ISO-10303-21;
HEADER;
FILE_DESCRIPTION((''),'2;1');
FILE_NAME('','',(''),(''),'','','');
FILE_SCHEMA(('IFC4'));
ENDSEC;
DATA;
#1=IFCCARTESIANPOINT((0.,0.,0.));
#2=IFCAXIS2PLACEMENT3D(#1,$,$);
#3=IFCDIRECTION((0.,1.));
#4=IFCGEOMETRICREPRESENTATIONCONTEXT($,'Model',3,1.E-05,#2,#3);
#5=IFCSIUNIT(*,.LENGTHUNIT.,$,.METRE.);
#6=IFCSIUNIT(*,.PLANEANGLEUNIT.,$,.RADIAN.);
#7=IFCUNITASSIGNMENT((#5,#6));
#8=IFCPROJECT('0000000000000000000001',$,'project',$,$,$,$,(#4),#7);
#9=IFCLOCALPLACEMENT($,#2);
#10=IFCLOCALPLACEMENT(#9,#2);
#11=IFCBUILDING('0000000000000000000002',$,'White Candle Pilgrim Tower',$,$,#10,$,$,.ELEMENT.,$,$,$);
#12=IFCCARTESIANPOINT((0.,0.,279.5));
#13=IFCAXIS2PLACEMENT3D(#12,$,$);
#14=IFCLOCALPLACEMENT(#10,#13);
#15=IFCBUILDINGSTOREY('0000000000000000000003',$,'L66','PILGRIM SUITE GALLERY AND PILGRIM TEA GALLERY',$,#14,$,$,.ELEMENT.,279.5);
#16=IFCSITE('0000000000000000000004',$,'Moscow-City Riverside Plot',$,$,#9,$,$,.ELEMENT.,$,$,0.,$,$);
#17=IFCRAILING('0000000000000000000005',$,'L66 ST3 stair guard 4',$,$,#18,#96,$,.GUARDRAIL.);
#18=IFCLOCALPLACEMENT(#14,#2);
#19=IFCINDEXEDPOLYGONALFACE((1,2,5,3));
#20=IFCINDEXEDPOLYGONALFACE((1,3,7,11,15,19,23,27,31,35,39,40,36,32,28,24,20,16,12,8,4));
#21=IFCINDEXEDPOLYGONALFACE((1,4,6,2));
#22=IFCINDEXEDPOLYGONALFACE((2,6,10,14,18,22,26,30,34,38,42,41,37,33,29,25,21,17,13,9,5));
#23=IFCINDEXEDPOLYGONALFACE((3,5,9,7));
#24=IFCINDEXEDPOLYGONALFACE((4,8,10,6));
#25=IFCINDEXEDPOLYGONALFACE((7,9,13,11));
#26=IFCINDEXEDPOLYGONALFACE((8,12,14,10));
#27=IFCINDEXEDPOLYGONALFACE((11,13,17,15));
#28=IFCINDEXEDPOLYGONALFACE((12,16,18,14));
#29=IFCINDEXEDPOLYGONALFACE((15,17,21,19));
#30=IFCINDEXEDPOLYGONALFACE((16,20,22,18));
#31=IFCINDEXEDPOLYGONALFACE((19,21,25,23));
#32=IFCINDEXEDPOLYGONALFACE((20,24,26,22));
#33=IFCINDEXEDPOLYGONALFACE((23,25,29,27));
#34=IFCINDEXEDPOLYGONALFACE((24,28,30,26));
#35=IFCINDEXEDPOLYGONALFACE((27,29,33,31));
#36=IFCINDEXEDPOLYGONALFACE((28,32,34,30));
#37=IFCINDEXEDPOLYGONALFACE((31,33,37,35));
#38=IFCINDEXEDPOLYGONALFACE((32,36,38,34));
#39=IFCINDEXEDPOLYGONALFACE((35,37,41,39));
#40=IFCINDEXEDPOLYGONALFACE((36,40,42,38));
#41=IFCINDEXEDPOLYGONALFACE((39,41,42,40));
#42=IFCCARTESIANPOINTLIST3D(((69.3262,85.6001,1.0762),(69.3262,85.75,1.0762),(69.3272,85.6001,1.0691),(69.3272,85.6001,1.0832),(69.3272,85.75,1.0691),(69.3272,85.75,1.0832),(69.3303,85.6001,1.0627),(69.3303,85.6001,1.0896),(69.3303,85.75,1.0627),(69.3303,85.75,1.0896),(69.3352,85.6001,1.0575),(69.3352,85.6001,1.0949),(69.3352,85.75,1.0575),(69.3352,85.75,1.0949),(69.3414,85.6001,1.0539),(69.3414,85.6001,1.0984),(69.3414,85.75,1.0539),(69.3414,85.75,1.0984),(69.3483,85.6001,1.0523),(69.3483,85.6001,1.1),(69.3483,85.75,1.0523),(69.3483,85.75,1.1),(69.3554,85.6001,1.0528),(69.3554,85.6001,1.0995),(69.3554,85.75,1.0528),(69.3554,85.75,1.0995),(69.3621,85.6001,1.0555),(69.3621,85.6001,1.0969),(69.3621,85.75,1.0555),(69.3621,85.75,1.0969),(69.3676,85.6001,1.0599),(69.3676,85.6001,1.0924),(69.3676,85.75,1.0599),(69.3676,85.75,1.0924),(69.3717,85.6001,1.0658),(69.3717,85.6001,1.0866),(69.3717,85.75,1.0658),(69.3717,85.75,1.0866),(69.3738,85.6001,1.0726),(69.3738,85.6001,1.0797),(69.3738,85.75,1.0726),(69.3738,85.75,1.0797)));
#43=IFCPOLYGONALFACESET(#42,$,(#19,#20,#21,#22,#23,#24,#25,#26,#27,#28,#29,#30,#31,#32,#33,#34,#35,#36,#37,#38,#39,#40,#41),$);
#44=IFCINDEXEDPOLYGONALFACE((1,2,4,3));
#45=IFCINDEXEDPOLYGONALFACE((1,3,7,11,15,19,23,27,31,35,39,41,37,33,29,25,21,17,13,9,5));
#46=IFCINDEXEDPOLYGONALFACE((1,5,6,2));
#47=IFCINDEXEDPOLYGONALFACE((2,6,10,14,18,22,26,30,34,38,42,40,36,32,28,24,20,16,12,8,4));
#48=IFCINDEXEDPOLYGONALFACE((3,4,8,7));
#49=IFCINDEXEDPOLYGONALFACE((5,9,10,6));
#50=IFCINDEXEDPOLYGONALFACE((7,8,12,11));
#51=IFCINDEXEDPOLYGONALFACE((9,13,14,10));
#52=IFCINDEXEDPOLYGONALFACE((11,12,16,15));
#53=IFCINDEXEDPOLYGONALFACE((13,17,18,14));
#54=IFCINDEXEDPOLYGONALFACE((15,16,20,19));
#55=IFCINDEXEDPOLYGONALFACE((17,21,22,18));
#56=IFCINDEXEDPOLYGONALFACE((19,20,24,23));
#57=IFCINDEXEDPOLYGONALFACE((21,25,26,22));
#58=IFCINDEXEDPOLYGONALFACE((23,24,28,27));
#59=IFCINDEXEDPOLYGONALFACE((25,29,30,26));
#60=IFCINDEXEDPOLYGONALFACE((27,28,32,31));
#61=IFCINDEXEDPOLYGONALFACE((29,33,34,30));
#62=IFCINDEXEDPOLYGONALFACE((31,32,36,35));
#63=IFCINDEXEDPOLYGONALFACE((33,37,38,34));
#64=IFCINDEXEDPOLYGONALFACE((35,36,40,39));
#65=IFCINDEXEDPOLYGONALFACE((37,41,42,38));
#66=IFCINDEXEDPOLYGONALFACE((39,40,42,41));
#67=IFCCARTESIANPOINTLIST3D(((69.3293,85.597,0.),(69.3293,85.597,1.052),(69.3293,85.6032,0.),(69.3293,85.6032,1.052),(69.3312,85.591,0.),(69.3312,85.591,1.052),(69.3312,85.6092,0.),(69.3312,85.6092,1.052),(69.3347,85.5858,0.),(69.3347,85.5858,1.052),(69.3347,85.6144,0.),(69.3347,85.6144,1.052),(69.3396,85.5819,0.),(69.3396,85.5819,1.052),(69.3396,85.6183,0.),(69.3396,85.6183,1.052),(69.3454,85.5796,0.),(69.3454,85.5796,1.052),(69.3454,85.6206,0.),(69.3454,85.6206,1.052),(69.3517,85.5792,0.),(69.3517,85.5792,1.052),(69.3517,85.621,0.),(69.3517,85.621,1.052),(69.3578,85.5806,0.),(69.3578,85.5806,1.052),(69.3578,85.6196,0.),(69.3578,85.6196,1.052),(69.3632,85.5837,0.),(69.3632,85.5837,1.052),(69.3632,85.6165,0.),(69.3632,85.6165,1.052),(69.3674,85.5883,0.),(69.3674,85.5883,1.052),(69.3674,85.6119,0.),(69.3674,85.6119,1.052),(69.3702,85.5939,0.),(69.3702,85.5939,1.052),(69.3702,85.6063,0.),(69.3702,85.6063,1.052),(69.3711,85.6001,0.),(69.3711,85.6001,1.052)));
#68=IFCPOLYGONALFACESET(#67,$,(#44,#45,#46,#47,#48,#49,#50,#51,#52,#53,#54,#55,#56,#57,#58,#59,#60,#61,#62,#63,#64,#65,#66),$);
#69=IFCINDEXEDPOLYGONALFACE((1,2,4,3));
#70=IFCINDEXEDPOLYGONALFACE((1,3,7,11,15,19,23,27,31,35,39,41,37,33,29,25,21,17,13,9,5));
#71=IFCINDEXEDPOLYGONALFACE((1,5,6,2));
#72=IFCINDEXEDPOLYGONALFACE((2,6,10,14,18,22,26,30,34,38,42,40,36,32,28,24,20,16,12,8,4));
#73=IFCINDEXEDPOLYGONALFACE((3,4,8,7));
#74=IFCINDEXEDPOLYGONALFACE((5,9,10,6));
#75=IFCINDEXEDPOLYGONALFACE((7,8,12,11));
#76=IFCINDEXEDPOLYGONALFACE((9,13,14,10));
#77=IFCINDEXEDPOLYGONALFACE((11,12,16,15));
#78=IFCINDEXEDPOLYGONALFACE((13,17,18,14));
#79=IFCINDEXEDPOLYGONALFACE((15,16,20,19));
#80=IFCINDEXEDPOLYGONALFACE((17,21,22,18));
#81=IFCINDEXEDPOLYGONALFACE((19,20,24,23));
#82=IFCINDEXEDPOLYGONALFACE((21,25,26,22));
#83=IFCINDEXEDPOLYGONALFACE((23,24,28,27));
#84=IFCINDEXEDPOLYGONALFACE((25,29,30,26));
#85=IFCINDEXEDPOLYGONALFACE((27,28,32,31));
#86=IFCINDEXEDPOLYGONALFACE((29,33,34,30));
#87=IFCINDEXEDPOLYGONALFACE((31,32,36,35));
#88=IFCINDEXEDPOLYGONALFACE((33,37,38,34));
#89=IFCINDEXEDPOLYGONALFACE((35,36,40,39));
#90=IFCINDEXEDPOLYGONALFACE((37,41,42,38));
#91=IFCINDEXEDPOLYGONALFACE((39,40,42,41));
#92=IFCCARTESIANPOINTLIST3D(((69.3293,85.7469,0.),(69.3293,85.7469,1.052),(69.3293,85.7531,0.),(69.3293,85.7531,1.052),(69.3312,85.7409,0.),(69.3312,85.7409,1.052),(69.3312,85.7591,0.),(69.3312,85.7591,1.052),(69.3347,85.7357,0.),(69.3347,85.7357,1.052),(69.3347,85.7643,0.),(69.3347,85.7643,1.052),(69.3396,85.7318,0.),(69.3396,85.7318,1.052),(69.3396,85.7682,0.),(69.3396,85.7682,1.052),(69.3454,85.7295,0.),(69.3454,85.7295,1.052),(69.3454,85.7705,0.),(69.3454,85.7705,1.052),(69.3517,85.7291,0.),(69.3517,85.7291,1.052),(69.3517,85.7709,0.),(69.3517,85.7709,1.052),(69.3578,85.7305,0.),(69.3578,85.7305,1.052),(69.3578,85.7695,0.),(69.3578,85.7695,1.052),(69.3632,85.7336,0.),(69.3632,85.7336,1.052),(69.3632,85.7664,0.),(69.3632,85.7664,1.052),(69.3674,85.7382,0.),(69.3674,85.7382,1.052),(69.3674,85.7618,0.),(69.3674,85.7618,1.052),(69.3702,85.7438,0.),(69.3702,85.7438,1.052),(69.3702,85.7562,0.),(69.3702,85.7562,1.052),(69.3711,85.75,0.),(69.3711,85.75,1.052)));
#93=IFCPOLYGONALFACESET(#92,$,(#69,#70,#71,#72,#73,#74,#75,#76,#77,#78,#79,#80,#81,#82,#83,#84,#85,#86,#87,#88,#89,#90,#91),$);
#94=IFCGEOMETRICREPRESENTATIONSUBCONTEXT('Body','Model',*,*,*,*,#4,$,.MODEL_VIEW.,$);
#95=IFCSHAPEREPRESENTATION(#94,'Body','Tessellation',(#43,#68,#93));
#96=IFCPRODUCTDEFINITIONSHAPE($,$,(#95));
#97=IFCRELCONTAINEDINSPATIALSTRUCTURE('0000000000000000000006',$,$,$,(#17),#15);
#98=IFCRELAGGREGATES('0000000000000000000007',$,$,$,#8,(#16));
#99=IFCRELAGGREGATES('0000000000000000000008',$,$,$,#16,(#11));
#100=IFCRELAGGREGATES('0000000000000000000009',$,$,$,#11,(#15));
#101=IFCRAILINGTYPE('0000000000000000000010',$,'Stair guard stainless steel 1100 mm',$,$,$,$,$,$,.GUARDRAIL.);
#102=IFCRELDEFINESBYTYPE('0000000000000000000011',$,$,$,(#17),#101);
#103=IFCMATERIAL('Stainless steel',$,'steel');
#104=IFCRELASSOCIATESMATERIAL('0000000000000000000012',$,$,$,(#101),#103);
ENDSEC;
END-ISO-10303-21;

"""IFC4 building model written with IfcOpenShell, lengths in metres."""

from ifc_helpers import new_model, si_unit, direction, frame, origin, origin_2d, place, context, subcontext, project, spatial, circle, extrude, material, type_object, element, save


model = new_model("IFC4")

# Units and contexts
model_context = context("Model", 3, precision=1e-05, world=origin(), true_north=direction((0.0, 1.0)))
body_context = subcontext(model_context, "Body", "Model", "MODEL_VIEW")
ifc_project = project(units=[si_unit("LENGTHUNIT", "METRE"), si_unit("PLANEANGLEUNIT", "RADIAN")], contexts=[model_context])

# Site, building, storey
site_placement = place(None, origin())
site = spatial("IfcSite", under=ifc_project, at=site_placement, Name="Moscow-City Riverside Plot", CompositionType="ELEMENT", RefElevation=0.0)
building_placement = place(site_placement, origin())
building = spatial("IfcBuilding", under=site, at=building_placement, Name="White Candle Pilgrim Tower", CompositionType="ELEMENT")
storey_placement = place(building_placement, frame((0.0, 0.0, 279.5)))
storey = spatial("IfcBuildingStorey", under=building, at=storey_placement, Name="L66", Description="PILGRIM SUITE GALLERY AND PILGRIM TEA GALLERY", CompositionType="ELEMENT", Elevation=279.5)

# Railing
ifc_material_1 = material(Name="Stainless steel", Category="steel")
railing_type_1 = type_object("IfcRailingType", Name="Stair guard stainless steel 1100 mm", PredefinedType="GUARDRAIL", material=ifc_material_1)
railing_1_placement = place(storey_placement, frame((69.3501, 85.6001, 0.0)))
element("IfcRailing", 1, at=railing_1_placement, inside=storey, type_object=railing_type_1, Name="L66 ST3 stair guard 4", PredefinedType="GUARDRAIL", context=body_context, shape_type="SweptSolid", body=[
    extrude(circle(Radius=0.0239, at=origin_2d()), frame((0.0, 0.0, 1.0762), z_axis=(0.0, 1.0, 0.0), x_axis=(-1.0, 0.0, 0.0)), (0.0, 0.0, 1.0), 0.1499),
    extrude(circle(Radius=0.021, at=origin_2d()), origin(), (0.0, 0.0, 1.0), 1.052),
    extrude(circle(Radius=0.021, at=origin_2d()), frame((0.0, 0.1499, 0.0)), (0.0, 0.0, 1.0), 1.052),
])

save(model, "model.ifc")
